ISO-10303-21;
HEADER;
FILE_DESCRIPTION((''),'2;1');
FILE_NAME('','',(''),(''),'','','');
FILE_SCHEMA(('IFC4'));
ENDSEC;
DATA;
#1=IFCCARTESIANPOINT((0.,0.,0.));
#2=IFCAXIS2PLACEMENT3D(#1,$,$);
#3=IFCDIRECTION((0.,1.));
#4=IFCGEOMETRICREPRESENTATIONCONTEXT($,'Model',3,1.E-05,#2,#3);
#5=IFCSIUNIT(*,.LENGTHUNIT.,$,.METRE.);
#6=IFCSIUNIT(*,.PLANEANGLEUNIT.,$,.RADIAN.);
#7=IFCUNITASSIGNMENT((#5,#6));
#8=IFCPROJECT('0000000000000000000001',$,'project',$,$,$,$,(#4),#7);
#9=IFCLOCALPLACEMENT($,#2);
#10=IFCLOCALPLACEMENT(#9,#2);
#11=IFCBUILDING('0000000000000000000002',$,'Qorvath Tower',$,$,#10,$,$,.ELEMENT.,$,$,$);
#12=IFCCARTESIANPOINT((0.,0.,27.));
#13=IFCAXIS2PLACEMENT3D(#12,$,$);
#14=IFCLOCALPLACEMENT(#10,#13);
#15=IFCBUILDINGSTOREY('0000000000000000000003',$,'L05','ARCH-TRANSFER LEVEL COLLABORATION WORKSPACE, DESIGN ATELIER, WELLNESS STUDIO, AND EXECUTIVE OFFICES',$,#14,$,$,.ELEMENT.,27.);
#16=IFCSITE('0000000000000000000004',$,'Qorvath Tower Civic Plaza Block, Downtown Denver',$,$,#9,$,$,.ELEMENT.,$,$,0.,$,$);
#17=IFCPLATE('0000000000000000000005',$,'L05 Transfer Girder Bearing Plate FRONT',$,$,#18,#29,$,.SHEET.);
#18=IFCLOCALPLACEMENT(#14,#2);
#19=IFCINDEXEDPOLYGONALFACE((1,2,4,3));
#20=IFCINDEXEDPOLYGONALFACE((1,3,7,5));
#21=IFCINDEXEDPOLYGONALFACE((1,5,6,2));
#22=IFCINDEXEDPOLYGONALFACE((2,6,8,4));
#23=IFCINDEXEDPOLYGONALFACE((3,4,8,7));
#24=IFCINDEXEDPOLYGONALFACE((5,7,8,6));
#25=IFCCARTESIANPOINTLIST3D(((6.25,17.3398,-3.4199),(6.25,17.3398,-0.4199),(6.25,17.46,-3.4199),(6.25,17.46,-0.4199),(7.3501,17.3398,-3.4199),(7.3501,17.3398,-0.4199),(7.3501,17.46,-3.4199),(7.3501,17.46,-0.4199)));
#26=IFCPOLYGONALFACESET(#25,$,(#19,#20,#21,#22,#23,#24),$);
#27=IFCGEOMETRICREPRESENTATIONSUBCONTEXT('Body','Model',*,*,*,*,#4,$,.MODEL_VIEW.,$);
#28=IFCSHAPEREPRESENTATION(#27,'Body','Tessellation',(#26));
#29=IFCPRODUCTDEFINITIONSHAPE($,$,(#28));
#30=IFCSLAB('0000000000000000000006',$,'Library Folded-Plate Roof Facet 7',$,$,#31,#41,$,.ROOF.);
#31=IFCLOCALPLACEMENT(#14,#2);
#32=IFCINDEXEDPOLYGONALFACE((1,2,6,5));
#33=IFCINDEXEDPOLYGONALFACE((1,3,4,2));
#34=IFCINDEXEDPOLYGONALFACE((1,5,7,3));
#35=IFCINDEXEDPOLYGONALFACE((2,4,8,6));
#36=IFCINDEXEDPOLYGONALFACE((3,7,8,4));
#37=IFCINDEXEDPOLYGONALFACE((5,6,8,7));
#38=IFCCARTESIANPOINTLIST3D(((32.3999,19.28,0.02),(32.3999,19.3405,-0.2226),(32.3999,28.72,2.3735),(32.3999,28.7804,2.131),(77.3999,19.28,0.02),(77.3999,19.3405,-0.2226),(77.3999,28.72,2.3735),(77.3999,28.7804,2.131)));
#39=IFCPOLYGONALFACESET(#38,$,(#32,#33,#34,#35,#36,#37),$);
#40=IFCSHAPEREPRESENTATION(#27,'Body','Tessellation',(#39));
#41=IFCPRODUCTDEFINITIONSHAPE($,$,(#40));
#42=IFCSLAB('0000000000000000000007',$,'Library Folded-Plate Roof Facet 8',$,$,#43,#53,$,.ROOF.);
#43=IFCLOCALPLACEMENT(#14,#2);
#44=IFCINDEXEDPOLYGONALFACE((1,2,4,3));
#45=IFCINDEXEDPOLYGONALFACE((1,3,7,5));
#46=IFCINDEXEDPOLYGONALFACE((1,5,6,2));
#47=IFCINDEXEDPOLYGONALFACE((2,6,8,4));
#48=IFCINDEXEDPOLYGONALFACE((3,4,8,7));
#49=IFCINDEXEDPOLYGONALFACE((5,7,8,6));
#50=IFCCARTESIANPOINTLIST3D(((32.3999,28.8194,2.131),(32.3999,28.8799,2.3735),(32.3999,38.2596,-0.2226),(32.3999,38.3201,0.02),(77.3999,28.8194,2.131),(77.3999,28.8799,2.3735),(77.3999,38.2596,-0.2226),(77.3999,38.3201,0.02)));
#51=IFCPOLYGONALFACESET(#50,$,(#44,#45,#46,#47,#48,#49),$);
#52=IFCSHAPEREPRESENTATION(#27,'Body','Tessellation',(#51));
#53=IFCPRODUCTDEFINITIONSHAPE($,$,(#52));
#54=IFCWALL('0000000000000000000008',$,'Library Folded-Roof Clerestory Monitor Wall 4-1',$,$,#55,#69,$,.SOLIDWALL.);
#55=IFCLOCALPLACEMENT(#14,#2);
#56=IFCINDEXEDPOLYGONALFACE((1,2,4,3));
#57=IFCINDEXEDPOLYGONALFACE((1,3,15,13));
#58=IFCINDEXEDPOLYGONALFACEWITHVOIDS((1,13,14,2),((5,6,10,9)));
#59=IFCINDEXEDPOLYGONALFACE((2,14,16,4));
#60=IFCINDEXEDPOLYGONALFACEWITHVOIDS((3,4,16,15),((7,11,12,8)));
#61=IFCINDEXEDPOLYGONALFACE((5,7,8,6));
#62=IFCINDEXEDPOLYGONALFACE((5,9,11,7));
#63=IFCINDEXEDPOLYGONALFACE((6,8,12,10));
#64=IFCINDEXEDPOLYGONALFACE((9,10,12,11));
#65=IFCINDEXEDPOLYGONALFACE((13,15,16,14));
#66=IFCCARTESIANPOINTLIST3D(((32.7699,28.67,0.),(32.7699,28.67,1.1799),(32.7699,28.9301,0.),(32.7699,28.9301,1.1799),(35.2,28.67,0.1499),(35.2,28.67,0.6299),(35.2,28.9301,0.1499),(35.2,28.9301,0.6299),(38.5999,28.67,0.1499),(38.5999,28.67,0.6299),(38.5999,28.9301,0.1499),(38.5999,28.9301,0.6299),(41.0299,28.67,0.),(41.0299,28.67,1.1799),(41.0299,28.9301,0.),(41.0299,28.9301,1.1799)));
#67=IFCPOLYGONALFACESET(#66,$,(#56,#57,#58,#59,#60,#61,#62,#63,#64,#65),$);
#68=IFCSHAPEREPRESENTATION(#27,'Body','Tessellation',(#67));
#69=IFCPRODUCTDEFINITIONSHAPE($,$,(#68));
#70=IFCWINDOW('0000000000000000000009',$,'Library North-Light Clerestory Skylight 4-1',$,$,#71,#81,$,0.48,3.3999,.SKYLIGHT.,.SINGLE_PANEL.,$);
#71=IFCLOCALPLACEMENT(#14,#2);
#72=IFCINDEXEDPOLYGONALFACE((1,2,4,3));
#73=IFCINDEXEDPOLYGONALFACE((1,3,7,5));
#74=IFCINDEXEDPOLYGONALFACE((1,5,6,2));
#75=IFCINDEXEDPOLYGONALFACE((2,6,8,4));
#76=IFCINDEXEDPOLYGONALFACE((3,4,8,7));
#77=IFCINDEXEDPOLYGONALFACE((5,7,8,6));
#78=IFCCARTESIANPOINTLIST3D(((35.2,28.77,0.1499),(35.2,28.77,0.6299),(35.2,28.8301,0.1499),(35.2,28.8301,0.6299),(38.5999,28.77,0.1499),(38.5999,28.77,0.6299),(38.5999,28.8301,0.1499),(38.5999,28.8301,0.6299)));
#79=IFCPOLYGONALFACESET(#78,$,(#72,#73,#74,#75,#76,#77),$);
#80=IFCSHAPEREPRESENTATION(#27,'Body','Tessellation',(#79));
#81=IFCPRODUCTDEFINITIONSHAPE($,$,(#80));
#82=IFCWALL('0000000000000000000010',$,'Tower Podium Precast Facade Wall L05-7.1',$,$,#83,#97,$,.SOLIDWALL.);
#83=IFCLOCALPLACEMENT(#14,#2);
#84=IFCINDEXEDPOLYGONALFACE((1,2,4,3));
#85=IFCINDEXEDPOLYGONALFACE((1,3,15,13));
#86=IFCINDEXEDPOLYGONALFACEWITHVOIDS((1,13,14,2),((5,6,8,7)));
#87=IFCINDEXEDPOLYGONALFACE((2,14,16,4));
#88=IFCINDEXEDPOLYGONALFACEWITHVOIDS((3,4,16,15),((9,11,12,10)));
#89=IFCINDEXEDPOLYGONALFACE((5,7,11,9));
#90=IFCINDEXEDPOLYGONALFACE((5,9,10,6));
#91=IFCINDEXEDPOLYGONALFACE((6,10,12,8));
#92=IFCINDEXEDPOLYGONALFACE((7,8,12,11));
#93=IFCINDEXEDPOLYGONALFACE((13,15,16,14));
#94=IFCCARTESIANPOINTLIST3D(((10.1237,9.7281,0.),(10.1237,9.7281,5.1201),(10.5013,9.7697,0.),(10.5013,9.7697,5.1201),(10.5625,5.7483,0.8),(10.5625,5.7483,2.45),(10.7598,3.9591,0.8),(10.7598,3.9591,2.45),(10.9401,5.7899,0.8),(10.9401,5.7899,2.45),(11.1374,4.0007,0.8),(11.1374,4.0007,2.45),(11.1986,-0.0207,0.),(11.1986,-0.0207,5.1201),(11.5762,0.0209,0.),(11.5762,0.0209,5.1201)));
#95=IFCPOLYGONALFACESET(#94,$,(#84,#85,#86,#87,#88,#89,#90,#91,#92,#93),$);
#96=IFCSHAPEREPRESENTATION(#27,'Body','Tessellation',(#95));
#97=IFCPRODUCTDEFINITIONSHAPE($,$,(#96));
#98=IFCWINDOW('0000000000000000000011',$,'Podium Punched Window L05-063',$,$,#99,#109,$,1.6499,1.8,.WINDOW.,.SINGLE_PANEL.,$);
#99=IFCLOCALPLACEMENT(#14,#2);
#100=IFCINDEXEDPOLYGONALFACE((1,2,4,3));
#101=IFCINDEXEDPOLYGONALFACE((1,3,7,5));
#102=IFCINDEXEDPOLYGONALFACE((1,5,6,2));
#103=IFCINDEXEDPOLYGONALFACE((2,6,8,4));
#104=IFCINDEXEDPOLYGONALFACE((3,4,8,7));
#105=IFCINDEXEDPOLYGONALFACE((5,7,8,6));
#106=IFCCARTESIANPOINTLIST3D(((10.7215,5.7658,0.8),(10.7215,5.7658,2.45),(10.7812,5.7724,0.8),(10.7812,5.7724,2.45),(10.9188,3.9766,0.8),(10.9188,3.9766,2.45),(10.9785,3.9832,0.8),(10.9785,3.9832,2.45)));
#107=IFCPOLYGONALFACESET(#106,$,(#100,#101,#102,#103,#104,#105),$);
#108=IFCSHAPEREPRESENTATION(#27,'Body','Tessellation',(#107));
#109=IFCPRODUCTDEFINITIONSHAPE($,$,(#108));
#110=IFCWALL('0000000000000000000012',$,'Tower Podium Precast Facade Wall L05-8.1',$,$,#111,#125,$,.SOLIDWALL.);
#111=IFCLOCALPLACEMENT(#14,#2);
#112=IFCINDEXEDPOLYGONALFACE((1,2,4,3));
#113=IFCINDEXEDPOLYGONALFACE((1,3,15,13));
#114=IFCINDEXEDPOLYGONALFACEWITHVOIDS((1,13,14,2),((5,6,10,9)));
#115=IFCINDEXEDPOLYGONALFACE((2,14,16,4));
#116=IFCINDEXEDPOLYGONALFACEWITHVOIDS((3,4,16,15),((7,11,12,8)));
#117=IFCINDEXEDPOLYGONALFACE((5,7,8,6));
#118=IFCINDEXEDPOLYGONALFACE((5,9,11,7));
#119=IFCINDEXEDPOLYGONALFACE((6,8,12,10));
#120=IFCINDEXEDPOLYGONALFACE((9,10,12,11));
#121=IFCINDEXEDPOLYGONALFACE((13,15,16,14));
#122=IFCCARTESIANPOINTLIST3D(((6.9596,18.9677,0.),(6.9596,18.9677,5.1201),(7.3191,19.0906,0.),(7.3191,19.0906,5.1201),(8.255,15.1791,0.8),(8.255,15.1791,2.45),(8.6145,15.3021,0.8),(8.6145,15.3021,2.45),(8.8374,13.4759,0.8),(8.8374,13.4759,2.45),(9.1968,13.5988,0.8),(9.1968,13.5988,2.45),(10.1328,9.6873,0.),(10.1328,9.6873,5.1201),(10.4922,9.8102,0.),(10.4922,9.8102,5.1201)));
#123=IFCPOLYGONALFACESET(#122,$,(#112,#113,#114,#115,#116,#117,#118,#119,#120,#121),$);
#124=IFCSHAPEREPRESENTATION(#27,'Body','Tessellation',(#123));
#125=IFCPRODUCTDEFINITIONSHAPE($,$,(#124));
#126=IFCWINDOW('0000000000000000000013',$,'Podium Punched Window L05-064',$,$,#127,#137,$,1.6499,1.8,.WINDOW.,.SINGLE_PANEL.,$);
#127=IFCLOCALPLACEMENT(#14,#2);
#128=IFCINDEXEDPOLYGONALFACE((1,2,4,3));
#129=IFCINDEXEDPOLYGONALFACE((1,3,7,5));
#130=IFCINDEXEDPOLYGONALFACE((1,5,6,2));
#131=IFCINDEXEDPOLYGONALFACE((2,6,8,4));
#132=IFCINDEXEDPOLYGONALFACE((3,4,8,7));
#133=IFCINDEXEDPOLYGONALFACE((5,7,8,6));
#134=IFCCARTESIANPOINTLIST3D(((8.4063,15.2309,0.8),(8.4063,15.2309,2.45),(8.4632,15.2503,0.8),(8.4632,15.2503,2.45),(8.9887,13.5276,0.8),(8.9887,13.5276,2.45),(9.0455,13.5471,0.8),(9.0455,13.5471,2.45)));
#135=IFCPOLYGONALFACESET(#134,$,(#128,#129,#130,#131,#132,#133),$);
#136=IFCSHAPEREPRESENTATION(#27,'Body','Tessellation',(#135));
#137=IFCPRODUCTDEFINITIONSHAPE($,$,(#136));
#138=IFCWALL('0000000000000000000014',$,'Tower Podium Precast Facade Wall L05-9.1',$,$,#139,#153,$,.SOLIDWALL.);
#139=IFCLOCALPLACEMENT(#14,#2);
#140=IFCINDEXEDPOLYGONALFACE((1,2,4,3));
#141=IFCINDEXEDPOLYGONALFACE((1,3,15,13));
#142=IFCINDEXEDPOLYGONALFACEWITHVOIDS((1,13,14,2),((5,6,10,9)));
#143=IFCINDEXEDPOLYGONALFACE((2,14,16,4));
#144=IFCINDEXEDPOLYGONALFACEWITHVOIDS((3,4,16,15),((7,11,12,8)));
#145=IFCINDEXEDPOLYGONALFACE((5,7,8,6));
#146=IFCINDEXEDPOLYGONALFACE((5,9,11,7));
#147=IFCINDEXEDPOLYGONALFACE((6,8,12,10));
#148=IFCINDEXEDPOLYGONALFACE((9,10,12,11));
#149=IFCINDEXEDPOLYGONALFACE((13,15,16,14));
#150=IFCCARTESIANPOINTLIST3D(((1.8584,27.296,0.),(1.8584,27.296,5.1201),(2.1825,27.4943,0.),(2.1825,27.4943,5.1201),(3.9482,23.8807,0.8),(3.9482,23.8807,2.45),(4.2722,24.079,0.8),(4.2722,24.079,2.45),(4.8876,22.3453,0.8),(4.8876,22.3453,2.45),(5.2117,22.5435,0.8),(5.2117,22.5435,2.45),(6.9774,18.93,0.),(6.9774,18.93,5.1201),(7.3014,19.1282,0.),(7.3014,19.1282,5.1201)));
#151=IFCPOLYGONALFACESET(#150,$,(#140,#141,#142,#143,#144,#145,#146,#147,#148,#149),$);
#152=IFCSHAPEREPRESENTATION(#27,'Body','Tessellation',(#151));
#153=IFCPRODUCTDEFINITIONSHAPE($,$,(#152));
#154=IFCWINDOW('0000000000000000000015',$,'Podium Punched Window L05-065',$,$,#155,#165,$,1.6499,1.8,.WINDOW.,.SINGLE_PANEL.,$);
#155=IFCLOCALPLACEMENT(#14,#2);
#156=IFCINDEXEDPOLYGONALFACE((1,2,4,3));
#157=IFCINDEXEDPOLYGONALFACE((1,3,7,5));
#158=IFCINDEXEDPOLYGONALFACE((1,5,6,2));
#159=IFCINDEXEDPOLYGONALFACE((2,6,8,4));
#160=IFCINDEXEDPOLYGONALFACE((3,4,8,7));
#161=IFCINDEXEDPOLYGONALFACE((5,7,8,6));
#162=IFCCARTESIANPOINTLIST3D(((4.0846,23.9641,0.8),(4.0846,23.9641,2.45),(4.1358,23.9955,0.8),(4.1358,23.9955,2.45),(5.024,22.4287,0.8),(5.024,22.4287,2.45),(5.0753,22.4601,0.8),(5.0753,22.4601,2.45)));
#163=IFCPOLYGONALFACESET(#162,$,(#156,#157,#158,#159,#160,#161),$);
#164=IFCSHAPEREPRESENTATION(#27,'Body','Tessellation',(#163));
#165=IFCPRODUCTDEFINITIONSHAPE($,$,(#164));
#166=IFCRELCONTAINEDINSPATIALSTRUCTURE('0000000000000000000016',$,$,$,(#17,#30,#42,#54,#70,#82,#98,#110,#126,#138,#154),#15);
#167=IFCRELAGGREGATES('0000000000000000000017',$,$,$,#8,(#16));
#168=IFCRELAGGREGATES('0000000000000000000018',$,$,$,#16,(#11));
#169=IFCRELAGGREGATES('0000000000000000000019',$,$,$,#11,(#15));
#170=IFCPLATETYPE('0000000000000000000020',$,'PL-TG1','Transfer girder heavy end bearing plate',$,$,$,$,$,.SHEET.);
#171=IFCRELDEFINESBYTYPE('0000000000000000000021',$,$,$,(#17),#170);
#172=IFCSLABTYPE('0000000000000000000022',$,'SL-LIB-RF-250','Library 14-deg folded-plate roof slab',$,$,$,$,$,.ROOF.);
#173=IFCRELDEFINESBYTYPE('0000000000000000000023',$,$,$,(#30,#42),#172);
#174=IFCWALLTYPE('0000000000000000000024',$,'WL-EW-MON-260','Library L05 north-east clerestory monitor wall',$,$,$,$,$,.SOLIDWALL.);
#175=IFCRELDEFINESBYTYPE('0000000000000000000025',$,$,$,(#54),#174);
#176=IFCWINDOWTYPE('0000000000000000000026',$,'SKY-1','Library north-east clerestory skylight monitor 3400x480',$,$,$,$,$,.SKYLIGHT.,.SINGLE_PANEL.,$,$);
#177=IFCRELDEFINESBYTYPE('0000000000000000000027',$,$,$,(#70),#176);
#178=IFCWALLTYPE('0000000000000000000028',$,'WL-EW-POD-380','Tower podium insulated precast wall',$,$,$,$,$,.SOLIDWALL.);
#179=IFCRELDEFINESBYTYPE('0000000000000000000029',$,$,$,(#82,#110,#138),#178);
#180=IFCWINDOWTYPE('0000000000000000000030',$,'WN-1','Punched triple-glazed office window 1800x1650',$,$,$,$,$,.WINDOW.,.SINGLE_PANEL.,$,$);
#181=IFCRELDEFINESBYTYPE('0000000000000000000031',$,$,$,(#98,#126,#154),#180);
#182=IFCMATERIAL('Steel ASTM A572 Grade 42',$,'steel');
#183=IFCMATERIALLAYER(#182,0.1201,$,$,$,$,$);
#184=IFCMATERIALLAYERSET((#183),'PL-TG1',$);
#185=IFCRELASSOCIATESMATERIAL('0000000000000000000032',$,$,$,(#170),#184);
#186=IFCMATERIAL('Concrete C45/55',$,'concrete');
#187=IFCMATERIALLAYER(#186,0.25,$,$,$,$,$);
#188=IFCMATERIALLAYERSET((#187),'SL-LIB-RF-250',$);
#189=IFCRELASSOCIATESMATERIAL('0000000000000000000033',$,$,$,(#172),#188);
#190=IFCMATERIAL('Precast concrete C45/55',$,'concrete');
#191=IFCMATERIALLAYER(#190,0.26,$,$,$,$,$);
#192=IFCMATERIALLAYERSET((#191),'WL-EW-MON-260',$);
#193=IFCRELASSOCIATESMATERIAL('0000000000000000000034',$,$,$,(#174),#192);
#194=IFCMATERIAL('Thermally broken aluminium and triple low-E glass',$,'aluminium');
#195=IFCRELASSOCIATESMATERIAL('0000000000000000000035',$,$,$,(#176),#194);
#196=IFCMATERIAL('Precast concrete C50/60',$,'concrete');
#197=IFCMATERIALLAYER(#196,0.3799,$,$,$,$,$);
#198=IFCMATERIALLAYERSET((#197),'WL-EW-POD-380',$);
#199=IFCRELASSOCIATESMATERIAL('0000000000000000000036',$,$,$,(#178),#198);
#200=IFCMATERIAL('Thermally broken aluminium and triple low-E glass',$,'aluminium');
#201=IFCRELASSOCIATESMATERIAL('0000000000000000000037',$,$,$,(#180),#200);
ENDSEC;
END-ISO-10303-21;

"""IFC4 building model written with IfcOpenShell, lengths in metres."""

from ifc_helpers import new_model, si_unit, direction, frame, frame_2d, origin, origin_2d, place, context, subcontext, project, spatial, polyline, rectangle, outline, extrude, material, layer, layer_set, type_object, element, fill, save


model = new_model("IFC4")

# Units and contexts
model_context = context("Model", 3, precision=1e-05, world=origin(), true_north=direction((0.0, 1.0)))
body_context = subcontext(model_context, "Body", "Model", "MODEL_VIEW")
ifc_project = project(units=[si_unit("LENGTHUNIT", "METRE"), si_unit("PLANEANGLEUNIT", "RADIAN")], contexts=[model_context])

# Site, building, storey
site_placement = place(None, origin())
site = spatial("IfcSite", under=ifc_project, at=site_placement, Name="Qorvath Tower Civic Plaza Block, Downtown Denver", CompositionType="ELEMENT", RefElevation=0.0)
building_placement = place(site_placement, origin())
building = spatial("IfcBuilding", under=site, at=building_placement, Name="Qorvath Tower", CompositionType="ELEMENT")
storey_placement = place(building_placement, frame((0.0, 0.0, 27.0)))
storey = spatial("IfcBuildingStorey", under=building, at=storey_placement, Name="L05", Description="ARCH-TRANSFER LEVEL COLLABORATION WORKSPACE, DESIGN ATELIER, WELLNESS STUDIO, AND EXECUTIVE OFFICES", CompositionType="ELEMENT", Elevation=27.0)

# Plate
ifc_material_1 = material(Name="Steel ASTM A572 Grade 42", Category="steel")
ifc_layer_1 = layer(ifc_material_1, 0.1201)
ifc_layer_set_1 = layer_set([ifc_layer_1], Name="PL-TG1")
plate_type = type_object("IfcPlateType", Name="PL-TG1", Description="Transfer girder heavy end bearing plate", PredefinedType="SHEET", material=ifc_layer_set_1)
plate_placement = place(storey_placement, frame((6.8, 17.3999, -3.4199), z_axis=(0.0, 0.0, 1.0), x_axis=(1.0, 0.0, 0.0)))
element("IfcPlate", 1, at=plate_placement, inside=storey, type_object=plate_type, Name="L05 Transfer Girder Bearing Plate FRONT", PredefinedType="SHEET", context=body_context, shape_type="SweptSolid", body=[
    extrude(rectangle(XDim=1.1001, YDim=0.1201, at=origin_2d()), origin(), (0.0, 0.0, 1.0), 3.0),
])

# Slabs
ifc_material_2 = material(Name="Concrete C45/55", Category="concrete")
ifc_layer_2 = layer(ifc_material_2, 0.25)
ifc_layer_set_2 = layer_set([ifc_layer_2], Name="SL-LIB-RF-250")
slab_type = type_object("IfcSlabType", Name="SL-LIB-RF-250", Description="Library 14-deg folded-plate roof slab", PredefinedType="ROOF", material=ifc_layer_set_2)
slab_1_placement = place(storey_placement, frame((32.3999, 19.28, 0.02), z_axis=(0.0, -0.24191, 0.970299), x_axis=(1.0, 0.0, 0.0)))
element("IfcSlab", 2, at=slab_1_placement, inside=storey, type_object=slab_type, Name="Library Folded-Plate Roof Facet 7", PredefinedType="ROOF", context=body_context, shape_type="SweptSolid", body=[
    extrude(outline(polyline([(0.0, 0.0), (45.0, 0.0), (45.0, 9.7289), (0.0, 9.7289), (0.0, 0.0)])), origin(), (0.0, 0.0, -1.0), 0.25),
])
slab_2_placement = place(storey_placement, frame((32.3999, 28.8799, 2.3735), z_axis=(0.0, 0.241904, 0.9703), x_axis=(1.0, 0.0, 0.0)))
element("IfcSlab", 3, at=slab_2_placement, inside=storey, type_object=slab_type, Name="Library Folded-Plate Roof Facet 8", PredefinedType="ROOF", context=body_context, shape_type="SweptSolid", body=[
    extrude(outline(polyline([(0.0, 0.0), (45.0, 0.0), (45.0, 9.7291), (0.0, 9.7291), (0.0, 0.0)])), origin(), (0.0, 0.0, -1.0), 0.25),
])

# Walls, openings, windows
ifc_material_3 = material(Name="Precast concrete C45/55", Category="concrete")
ifc_layer_3 = layer(ifc_material_3, 0.26)
ifc_layer_set_3 = layer_set([ifc_layer_3], Name="WL-EW-MON-260")
wall_type_1 = type_object("IfcWallType", Name="WL-EW-MON-260", Description="Library L05 north-east clerestory monitor wall", PredefinedType="SOLIDWALL", material=ifc_layer_set_3)
wall_1_placement = place(storey_placement, frame((32.77, 28.8, 0.0), z_axis=(0.0, 0.0, 1.0), x_axis=(1.0, 0.0, 0.0)))
wall_1 = element("IfcWall", 4, at=wall_1_placement, inside=storey, type_object=wall_type_1, Name="Library Folded-Roof Clerestory Monitor Wall 4-1", PredefinedType="SOLIDWALL", context=body_context, shape_type="SweptSolid", body=[
    extrude(rectangle(XDim=8.26, YDim=0.26, at=frame_2d((4.1299, 0.0))), origin(), (0.0, 0.0, 1.0), 1.1799),
])
opening_1_placement = place(wall_1_placement, frame((2.4299, 0.0, 0.1499)))
opening_1 = element("IfcOpeningElement", 5, at=opening_1_placement, cuts=wall_1, PredefinedType="OPENING", context=body_context, shape_type="SweptSolid", body=[
    extrude(rectangle(XDim=3.3999, YDim=0.48, at=frame_2d((1.7, 0.24))), frame((0.0, 0.1401, 0.0), z_axis=(0.0, -1.0, 0.0), x_axis=(1.0, 0.0, 0.0)), (0.0, 0.0, 1.0), 0.28),
])
ifc_material_4 = material(Name="Thermally broken aluminium and triple low-E glass", Category="aluminium")
window_type_1 = type_object("IfcWindowType", Name="SKY-1", Description="Library north-east clerestory skylight monitor 3400x480", PartitioningType="SINGLE_PANEL", PredefinedType="SKYLIGHT", material=ifc_material_4)
window_1_placement = place(opening_1_placement, origin())
window_1 = element("IfcWindow", 6, at=window_1_placement, inside=storey, type_object=window_type_1, Name="Library North-Light Clerestory Skylight 4-1", OverallHeight=0.48, OverallWidth=3.3999, PartitioningType="SINGLE_PANEL", PredefinedType="SKYLIGHT", context=body_context, shape_type="SweptSolid", body=[
    extrude(rectangle(XDim=3.3999, YDim=0.48, at=frame_2d((1.7, 0.24))), frame((0.0, 0.03, 0.0), z_axis=(0.0, -1.0, 0.0), x_axis=(1.0, 0.0, 0.0)), (0.0, 0.0, 1.0), 0.0601),
])
fill(opening_1, window_1)
ifc_material_5 = material(Name="Precast concrete C50/60", Category="concrete")
ifc_layer_4 = layer(ifc_material_5, 0.3799)
ifc_layer_set_4 = layer_set([ifc_layer_4], Name="WL-EW-POD-380")
wall_type_2 = type_object("IfcWallType", Name="WL-EW-POD-380", Description="Tower podium insulated precast wall", PredefinedType="SOLIDWALL", material=ifc_layer_set_4)
wall_2_placement = place(storey_placement, frame((10.3125, 9.7488, 0.0), z_axis=(0.0, 0.0, 1.0), x_axis=(0.109601, -0.993976, 0.0)))
wall_2 = element("IfcWall", 7, at=wall_2_placement, inside=storey, type_object=wall_type_2, Name="Tower Podium Precast Facade Wall L05-7.1", PredefinedType="SOLIDWALL", context=body_context, shape_type="SweptSolid", body=[
    extrude(rectangle(XDim=9.8079, YDim=0.3799, at=frame_2d((4.9038, 0.0))), origin(), (0.0, 0.0, 1.0), 5.1201),
])
opening_2_placement = place(wall_2_placement, frame((4.0039, 0.0, 0.8)))
opening_2 = element("IfcOpeningElement", 8, at=opening_2_placement, cuts=wall_2, PredefinedType="OPENING", context=body_context, shape_type="SweptSolid", body=[
    extrude(rectangle(XDim=1.8, YDim=1.6499, at=frame_2d((0.8999, 0.825))), frame((0.0, 0.2, 0.0), z_axis=(0.0, -1.0, 0.0), x_axis=(1.0, 0.0, 0.0)), (0.0, 0.0, 1.0), 0.3999),
])
ifc_material_6 = material(Name="Thermally broken aluminium and triple low-E glass", Category="aluminium")
window_type_2 = type_object("IfcWindowType", Name="WN-1", Description="Punched triple-glazed office window 1800x1650", PartitioningType="SINGLE_PANEL", PredefinedType="WINDOW", material=ifc_material_6)
window_2_placement = place(opening_2_placement, origin())
window_2 = element("IfcWindow", 9, at=window_2_placement, inside=storey, type_object=window_type_2, Name="Podium Punched Window L05-063", OverallHeight=1.6499, OverallWidth=1.8, PartitioningType="SINGLE_PANEL", PredefinedType="WINDOW", context=body_context, shape_type="SweptSolid", body=[
    extrude(rectangle(XDim=1.8, YDim=1.6499, at=frame_2d((0.8999, 0.825))), frame((0.0, 0.03, 0.0), z_axis=(0.0, -1.0, 0.0), x_axis=(1.0, 0.0, 0.0)), (0.0, 0.0, 1.0), 0.0601),
])
fill(opening_2, window_2)
wall_3_placement = place(storey_placement, frame((7.1394, 19.0291, 0.0), z_axis=(0.0, 0.0, 1.0), x_axis=(0.323529, -0.946218, 0.0)))
wall_3 = element("IfcWall", 10, at=wall_3_placement, inside=storey, type_object=wall_type_2, Name="Tower Podium Precast Facade Wall L05-8.1", PredefinedType="SOLIDWALL", context=body_context, shape_type="SweptSolid", body=[
    extrude(rectangle(XDim=9.8079, YDim=0.3799, at=frame_2d((4.9038, 0.0))), origin(), (0.0, 0.0, 1.0), 5.1201),
])
opening_3_placement = place(wall_3_placement, frame((4.0039, 0.0, 0.8)))
opening_3 = element("IfcOpeningElement", 11, at=opening_3_placement, cuts=wall_3, PredefinedType="OPENING", context=body_context, shape_type="SweptSolid", body=[
    extrude(rectangle(XDim=1.8, YDim=1.6499, at=frame_2d((0.8999, 0.825))), frame((0.0, 0.2, 0.0), z_axis=(0.0, -1.0, 0.0), x_axis=(1.0, 0.0, 0.0)), (0.0, 0.0, 1.0), 0.3999),
])
window_3_placement = place(opening_3_placement, origin())
window_3 = element("IfcWindow", 12, at=window_3_placement, inside=storey, type_object=window_type_2, Name="Podium Punched Window L05-064", OverallHeight=1.6499, OverallWidth=1.8, PartitioningType="SINGLE_PANEL", PredefinedType="WINDOW", context=body_context, shape_type="SweptSolid", body=[
    extrude(rectangle(XDim=1.8, YDim=1.6499, at=frame_2d((0.8999, 0.825))), frame((0.0, 0.03, 0.0), z_axis=(0.0, -1.0, 0.0), x_axis=(1.0, 0.0, 0.0)), (0.0, 0.0, 1.0), 0.0601),
])
fill(opening_3, window_3)
wall_4_placement = place(storey_placement, frame((2.0205, 27.395, 0.0), z_axis=(0.0, 0.0, 1.0), x_axis=(0.521922, -0.852993, 0.0)))
wall_4 = element("IfcWall", 13, at=wall_4_placement, inside=storey, type_object=wall_type_2, Name="Tower Podium Precast Facade Wall L05-9.1", PredefinedType="SOLIDWALL", context=body_context, shape_type="SweptSolid", body=[
    extrude(rectangle(XDim=9.8079, YDim=0.3799, at=frame_2d((4.9038, 0.0))), origin(), (0.0, 0.0, 1.0), 5.1201),
])
opening_4_placement = place(wall_4_placement, frame((4.0039, 0.0, 0.8)))
opening_4 = element("IfcOpeningElement", 14, at=opening_4_placement, cuts=wall_4, PredefinedType="OPENING", context=body_context, shape_type="SweptSolid", body=[
    extrude(rectangle(XDim=1.8, YDim=1.6499, at=frame_2d((0.8999, 0.825))), frame((0.0, 0.2, 0.0), z_axis=(0.0, -1.0, 0.0), x_axis=(1.0, 0.0, 0.0)), (0.0, 0.0, 1.0), 0.3999),
])
window_4_placement = place(opening_4_placement, origin())
window_4 = element("IfcWindow", 15, at=window_4_placement, inside=storey, type_object=window_type_2, Name="Podium Punched Window L05-065", OverallHeight=1.6499, OverallWidth=1.8, PartitioningType="SINGLE_PANEL", PredefinedType="WINDOW", context=body_context, shape_type="SweptSolid", body=[
    extrude(rectangle(XDim=1.8, YDim=1.6499, at=frame_2d((0.8999, 0.825))), frame((0.0, 0.03, 0.0), z_axis=(0.0, -1.0, 0.0), x_axis=(1.0, 0.0, 0.0)), (0.0, 0.0, 1.0), 0.0601),
])
fill(opening_4, window_4)

save(model, "model.ifc")
